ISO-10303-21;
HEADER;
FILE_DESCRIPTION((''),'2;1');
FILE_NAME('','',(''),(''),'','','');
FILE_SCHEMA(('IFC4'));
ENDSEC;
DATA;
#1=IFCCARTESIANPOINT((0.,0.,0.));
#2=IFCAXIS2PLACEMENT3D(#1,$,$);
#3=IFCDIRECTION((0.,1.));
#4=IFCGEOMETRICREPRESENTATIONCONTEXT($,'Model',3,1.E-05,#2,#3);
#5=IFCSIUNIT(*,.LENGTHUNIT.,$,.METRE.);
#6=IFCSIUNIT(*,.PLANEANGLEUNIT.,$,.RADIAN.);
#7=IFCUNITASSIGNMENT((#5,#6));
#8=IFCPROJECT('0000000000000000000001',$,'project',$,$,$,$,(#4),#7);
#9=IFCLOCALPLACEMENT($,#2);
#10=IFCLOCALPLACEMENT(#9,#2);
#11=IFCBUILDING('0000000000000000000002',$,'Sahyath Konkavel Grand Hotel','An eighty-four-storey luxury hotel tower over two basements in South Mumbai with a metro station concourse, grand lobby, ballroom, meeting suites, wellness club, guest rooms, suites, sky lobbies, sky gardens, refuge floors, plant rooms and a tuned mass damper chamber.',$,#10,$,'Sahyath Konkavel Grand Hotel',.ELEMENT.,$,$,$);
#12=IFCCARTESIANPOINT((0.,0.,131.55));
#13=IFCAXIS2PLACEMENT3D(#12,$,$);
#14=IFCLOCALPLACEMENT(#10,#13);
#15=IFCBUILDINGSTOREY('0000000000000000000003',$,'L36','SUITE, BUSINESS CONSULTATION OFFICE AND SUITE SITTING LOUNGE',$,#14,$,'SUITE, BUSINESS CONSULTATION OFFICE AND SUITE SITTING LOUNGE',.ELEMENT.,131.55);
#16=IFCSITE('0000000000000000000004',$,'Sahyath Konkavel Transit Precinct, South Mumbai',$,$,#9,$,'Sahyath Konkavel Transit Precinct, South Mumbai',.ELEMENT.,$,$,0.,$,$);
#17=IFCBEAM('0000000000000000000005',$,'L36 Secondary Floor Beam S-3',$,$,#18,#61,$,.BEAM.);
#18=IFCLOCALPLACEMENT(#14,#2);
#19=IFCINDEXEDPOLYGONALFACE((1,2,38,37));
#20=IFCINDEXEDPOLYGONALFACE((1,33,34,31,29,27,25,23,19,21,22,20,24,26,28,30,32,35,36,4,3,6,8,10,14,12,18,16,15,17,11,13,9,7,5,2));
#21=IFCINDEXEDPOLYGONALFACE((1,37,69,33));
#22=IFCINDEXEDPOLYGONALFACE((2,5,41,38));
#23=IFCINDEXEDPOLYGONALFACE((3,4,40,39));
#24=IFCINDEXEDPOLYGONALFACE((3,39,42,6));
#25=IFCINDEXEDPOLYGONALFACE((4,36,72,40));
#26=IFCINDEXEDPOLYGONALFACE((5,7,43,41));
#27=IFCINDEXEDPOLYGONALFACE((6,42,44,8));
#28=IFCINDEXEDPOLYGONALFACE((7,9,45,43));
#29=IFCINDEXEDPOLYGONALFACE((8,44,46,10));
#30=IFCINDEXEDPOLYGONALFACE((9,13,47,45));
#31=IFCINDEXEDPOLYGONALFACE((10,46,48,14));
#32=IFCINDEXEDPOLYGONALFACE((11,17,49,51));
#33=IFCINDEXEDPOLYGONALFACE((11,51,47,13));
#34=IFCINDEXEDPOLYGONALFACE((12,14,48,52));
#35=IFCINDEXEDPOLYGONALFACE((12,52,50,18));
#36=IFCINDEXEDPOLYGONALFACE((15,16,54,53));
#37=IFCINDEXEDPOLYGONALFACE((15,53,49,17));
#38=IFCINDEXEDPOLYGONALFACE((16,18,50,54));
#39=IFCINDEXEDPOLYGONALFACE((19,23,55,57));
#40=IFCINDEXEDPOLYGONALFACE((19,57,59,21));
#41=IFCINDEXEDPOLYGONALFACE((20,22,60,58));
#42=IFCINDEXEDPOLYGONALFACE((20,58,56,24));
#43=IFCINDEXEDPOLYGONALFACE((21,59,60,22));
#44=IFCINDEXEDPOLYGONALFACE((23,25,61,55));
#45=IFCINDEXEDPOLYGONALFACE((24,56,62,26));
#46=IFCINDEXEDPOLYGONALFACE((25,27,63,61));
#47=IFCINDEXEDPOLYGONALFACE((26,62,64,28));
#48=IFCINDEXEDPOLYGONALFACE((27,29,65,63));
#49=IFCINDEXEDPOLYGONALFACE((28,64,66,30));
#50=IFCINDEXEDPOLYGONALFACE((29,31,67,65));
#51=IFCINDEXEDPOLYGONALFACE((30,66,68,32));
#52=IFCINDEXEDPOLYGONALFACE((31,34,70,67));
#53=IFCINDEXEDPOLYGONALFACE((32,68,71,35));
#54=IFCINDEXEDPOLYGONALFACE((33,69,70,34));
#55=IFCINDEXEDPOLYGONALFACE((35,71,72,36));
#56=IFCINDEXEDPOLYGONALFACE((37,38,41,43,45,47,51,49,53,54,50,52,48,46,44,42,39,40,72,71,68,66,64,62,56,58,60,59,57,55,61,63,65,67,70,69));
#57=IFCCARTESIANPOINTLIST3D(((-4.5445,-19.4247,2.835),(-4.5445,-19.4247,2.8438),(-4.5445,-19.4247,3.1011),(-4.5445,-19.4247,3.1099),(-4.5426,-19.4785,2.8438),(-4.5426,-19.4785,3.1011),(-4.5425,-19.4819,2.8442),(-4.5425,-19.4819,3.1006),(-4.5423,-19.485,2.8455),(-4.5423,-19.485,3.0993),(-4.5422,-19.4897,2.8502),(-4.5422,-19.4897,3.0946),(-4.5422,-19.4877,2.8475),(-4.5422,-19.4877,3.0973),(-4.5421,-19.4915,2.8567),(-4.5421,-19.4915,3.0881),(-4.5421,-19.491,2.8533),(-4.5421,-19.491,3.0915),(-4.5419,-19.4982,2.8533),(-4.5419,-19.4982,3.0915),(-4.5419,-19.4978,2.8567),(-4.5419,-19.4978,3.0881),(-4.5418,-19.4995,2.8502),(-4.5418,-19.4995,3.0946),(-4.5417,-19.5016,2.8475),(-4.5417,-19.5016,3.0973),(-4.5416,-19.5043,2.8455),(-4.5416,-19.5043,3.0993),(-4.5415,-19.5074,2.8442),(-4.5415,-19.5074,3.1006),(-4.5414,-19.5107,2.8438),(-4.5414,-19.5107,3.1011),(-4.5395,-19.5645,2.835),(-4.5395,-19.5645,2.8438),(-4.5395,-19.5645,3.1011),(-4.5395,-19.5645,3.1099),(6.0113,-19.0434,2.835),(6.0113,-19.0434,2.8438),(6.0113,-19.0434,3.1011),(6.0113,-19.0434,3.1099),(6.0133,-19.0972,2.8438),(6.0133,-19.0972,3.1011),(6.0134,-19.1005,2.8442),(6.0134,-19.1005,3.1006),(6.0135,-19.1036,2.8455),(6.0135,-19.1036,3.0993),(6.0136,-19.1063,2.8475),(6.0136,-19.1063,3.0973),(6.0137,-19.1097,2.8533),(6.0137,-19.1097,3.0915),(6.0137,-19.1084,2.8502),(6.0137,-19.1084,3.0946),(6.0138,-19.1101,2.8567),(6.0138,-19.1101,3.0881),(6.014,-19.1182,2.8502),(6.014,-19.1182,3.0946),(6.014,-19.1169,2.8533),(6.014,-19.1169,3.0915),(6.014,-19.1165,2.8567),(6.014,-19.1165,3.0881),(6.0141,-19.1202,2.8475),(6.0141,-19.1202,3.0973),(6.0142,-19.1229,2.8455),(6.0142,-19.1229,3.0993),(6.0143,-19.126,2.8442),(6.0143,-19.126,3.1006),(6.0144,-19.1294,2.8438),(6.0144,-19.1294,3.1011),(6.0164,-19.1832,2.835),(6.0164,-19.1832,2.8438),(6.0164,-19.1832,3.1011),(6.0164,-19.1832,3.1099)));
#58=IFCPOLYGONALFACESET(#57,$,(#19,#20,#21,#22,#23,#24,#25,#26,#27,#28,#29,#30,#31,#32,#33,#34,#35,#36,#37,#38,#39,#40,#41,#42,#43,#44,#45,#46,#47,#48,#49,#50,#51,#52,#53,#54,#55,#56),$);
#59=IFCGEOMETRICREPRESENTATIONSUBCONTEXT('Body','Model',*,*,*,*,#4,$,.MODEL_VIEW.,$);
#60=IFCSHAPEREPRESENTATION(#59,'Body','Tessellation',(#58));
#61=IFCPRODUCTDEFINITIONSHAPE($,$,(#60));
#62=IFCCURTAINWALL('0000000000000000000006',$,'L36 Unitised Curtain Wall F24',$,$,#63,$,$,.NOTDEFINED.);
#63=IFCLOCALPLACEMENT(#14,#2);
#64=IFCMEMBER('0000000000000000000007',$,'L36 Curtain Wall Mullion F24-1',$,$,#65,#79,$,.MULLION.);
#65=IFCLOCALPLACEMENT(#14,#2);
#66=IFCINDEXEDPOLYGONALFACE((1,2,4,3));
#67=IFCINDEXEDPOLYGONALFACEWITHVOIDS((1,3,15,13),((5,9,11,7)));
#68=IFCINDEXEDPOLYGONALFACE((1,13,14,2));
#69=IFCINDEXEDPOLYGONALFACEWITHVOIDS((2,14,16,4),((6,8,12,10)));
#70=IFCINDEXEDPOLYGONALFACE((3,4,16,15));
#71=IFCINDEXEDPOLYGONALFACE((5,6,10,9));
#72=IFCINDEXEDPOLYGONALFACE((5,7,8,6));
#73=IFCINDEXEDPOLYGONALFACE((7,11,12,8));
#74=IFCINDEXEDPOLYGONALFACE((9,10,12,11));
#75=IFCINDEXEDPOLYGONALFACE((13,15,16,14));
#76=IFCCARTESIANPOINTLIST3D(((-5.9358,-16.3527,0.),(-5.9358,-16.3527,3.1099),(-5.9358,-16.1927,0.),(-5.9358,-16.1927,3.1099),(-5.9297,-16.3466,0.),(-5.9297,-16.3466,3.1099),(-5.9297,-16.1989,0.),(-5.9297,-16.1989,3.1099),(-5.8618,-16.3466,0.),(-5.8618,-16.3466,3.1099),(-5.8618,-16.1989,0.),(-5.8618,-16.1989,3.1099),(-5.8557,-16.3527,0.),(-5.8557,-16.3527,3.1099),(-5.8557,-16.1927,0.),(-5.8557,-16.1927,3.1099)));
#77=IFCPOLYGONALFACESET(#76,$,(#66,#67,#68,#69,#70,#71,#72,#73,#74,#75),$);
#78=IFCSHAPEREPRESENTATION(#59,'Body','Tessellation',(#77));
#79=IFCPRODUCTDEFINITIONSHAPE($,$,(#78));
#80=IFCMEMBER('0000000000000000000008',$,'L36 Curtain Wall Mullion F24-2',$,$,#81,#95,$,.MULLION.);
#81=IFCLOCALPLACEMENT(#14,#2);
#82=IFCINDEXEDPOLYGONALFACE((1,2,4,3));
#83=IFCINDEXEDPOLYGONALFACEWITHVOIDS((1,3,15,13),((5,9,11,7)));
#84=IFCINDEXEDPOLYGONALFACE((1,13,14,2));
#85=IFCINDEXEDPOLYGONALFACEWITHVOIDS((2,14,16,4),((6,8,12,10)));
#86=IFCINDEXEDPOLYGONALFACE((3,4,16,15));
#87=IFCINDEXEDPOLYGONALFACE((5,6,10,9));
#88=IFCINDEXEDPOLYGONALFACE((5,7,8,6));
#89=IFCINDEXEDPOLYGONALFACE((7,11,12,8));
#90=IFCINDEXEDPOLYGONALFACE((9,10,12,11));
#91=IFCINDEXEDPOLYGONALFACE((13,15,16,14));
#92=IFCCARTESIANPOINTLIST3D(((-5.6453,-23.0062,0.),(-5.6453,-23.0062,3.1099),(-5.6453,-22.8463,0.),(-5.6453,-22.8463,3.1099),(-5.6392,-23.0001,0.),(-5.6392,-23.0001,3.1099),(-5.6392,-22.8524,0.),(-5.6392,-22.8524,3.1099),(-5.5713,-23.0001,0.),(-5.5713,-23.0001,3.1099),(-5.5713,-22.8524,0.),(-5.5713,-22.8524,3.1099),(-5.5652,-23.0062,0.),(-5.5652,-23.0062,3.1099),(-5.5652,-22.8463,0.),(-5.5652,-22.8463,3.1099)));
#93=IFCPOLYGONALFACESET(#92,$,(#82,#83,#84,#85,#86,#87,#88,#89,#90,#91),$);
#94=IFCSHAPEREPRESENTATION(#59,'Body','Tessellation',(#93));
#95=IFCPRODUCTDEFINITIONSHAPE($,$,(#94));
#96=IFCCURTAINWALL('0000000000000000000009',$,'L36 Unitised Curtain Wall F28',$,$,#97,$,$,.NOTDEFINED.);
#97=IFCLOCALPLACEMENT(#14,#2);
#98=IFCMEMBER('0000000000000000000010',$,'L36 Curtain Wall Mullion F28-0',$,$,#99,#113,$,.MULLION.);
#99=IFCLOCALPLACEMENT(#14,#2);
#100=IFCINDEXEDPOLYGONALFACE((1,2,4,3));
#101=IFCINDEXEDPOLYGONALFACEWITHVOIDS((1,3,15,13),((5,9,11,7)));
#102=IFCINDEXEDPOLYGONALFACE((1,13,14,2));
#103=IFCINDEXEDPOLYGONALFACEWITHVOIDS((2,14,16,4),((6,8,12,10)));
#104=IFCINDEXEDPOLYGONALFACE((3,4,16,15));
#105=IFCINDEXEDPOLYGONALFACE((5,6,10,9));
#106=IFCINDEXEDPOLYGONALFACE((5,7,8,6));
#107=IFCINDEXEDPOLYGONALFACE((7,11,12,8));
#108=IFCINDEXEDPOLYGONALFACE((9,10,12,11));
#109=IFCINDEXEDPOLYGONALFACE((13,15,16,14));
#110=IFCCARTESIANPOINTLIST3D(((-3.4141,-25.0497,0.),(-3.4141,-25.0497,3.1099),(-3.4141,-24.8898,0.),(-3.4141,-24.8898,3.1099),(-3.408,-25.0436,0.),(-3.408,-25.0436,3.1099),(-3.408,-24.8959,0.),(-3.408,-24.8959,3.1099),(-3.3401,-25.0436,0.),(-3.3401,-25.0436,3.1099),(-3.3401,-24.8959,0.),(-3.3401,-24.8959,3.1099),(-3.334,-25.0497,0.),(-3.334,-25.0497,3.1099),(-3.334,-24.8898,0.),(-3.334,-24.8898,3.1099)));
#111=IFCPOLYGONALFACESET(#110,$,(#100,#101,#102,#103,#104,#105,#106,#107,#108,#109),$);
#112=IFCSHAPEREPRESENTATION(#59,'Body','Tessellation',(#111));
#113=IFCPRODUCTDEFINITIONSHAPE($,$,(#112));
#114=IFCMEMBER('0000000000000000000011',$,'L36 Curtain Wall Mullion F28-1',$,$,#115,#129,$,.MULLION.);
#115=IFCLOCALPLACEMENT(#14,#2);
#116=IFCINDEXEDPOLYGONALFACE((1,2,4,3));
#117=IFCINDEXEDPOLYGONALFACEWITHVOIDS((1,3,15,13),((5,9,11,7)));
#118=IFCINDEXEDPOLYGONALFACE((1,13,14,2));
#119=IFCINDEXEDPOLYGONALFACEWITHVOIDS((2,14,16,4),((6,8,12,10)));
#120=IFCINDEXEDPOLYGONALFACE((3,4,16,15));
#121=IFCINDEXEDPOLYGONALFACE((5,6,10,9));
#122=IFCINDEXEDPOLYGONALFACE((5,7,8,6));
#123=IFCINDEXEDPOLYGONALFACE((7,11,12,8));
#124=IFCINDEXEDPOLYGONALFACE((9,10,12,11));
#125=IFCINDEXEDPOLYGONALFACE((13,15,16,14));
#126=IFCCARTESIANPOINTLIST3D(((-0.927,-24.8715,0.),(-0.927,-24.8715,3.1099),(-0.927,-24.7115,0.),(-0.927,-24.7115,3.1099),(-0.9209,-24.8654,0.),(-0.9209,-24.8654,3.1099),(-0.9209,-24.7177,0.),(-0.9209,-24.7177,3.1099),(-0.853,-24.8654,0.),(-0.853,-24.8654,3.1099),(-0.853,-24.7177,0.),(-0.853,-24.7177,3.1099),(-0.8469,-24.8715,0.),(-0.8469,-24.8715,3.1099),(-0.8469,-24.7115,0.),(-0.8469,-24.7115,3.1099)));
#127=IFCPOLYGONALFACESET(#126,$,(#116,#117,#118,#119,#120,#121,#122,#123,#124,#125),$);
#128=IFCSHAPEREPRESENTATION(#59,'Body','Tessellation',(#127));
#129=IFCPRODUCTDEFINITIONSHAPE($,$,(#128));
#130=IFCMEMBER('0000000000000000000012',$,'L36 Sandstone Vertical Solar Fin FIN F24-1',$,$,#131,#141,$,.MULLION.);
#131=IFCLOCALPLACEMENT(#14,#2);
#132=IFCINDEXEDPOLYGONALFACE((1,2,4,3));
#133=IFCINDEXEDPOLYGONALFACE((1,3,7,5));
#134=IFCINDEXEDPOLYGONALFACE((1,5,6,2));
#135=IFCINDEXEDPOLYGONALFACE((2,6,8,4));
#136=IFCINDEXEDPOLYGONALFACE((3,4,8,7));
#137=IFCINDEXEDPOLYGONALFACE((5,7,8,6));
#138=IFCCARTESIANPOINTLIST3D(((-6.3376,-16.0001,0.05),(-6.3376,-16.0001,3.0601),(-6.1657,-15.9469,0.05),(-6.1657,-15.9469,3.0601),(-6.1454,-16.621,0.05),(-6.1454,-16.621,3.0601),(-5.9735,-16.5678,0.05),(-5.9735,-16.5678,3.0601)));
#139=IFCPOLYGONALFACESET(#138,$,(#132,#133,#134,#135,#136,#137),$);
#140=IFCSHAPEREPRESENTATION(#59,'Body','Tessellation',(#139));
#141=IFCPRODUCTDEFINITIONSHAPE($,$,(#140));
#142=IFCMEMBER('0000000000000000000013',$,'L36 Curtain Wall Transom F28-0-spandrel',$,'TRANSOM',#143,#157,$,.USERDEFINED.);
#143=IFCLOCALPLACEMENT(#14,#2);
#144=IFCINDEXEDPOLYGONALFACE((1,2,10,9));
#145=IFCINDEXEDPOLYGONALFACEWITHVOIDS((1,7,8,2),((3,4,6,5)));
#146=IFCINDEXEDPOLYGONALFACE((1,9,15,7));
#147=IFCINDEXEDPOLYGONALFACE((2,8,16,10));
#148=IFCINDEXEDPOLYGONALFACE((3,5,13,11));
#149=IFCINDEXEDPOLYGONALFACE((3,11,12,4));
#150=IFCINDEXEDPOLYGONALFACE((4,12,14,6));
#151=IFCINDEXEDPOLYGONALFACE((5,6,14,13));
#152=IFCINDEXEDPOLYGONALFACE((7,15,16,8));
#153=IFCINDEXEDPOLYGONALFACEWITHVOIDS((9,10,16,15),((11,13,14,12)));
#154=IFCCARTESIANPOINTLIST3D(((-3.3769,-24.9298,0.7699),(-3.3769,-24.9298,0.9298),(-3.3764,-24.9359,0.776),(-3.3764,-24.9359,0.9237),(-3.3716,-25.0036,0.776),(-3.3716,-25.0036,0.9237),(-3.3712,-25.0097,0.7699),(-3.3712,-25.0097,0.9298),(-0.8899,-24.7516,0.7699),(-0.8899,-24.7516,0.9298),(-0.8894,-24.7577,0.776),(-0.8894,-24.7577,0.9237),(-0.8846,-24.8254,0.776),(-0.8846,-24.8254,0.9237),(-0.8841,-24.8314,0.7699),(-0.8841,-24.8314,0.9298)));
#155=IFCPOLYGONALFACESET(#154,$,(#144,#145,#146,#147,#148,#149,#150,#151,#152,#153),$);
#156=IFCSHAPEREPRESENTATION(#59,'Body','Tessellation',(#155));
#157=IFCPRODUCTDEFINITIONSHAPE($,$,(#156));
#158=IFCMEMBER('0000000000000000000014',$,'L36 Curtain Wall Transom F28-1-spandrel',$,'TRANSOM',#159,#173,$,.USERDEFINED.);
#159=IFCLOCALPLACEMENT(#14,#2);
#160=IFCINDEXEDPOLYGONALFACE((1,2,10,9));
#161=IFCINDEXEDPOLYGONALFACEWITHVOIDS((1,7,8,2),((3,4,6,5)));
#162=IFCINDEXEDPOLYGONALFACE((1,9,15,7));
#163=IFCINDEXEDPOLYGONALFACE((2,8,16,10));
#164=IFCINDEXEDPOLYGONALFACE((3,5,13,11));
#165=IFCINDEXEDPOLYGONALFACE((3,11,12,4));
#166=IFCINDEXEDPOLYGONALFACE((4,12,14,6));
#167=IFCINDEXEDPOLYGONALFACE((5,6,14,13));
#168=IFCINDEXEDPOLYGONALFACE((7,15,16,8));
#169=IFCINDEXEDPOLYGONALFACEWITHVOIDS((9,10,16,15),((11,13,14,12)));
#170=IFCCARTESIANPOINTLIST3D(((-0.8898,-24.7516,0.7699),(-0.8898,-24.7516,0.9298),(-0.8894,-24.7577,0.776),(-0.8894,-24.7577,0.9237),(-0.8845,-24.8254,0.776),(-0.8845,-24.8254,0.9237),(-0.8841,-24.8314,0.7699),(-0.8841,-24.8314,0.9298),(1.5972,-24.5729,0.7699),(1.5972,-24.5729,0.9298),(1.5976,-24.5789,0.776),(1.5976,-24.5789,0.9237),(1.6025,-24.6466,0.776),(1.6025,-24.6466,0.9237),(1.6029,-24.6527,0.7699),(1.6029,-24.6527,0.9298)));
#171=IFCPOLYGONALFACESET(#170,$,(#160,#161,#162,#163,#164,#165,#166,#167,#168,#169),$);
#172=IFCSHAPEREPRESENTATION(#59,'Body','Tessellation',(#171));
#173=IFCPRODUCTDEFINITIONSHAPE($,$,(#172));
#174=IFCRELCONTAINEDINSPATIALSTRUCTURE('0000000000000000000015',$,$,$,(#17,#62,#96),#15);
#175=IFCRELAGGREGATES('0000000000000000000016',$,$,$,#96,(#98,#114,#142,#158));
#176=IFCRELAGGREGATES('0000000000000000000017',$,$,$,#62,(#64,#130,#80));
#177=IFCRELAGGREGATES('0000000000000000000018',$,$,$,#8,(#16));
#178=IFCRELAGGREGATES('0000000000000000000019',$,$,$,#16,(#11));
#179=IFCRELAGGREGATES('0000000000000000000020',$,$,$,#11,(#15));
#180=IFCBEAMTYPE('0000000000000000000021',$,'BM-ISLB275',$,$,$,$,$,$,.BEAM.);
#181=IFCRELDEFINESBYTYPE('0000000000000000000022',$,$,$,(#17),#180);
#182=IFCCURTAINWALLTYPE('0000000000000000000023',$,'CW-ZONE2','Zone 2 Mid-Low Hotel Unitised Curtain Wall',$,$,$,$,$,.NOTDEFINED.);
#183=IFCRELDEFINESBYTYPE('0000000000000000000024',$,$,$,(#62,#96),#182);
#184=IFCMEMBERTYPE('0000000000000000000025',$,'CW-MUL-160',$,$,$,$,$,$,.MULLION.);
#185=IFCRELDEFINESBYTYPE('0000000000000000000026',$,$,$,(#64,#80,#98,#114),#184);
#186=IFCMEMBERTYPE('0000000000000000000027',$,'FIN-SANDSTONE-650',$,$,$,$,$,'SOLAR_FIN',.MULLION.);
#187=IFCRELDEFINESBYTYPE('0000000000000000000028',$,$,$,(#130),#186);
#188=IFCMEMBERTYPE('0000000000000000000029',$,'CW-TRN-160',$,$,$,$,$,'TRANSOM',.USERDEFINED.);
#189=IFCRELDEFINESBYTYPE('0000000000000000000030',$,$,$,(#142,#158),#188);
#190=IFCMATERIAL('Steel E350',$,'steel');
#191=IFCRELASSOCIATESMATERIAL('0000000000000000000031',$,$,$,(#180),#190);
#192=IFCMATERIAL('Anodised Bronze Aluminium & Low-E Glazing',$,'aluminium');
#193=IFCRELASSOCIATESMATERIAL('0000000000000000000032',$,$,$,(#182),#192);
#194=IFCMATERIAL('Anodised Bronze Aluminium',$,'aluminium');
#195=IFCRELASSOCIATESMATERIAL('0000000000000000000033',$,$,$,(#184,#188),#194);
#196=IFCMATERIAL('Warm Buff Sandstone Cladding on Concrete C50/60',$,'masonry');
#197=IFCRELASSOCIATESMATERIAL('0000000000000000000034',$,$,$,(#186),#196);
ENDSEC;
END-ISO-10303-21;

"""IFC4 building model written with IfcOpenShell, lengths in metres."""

from ifc_helpers import new_model, si_unit, direction, frame, origin, origin_2d, place, context, subcontext, project, spatial, rectangle, hollow_rectangle, i_section, extrude, source, transform, mapped, material, material_profile, profile_set, type_object, element, aggregate, save


model = new_model("IFC4")

# Units and contexts
model_context = context("Model", 3, precision=1e-05, world=origin(), true_north=direction((0.0, 1.0)))
body_context = subcontext(model_context, "Body", "Model", "MODEL_VIEW")
ifc_project = project(units=[si_unit("LENGTHUNIT", "METRE"), si_unit("PLANEANGLEUNIT", "RADIAN")], contexts=[model_context])

# Site, building, storey
site_placement = place(None, origin())
site = spatial("IfcSite", under=ifc_project, at=site_placement, Name="Sahyath Konkavel Transit Precinct, South Mumbai", LongName="Sahyath Konkavel Transit Precinct, South Mumbai", CompositionType="ELEMENT", RefElevation=0.0)
building_placement = place(site_placement, origin())
building = spatial("IfcBuilding", under=site, at=building_placement, Name="Sahyath Konkavel Grand Hotel", Description="An eighty-four-storey luxury hotel tower over two basements in South Mumbai with a metro station concourse, grand lobby, ballroom, meeting suites, wellness club, guest rooms, suites, sky lobbies, sky gardens, refuge floors, plant rooms and a tuned mass damper chamber.", LongName="Sahyath Konkavel Grand Hotel", CompositionType="ELEMENT")
storey_placement = place(building_placement, frame((0.0, 0.0, 131.55)))
storey = spatial("IfcBuildingStorey", under=building, at=storey_placement, Name="L36", Description="SUITE, BUSINESS CONSULTATION OFFICE AND SUITE SITTING LOUNGE", LongName="SUITE, BUSINESS CONSULTATION OFFICE AND SUITE SITTING LOUNGE", CompositionType="ELEMENT", Elevation=131.55)

# Beam
ifc_material_1 = material(Name="Steel E350", Category="steel")
ifc_material_profile_1 = material_profile(ifc_material_1, i_section(OverallWidth=0.1399, OverallDepth=0.2749, WebThickness=0.0063, FlangeThickness=0.0088, FilletRadius=0.0129, at=origin_2d()), Name="ISLB 275")
ifc_profile_set_1 = profile_set([ifc_material_profile_1], Name="Steel E350")
beam_type_1 = type_object("IfcBeamType", Name="BM-ISLB275", PredefinedType="BEAM", material=ifc_profile_set_1)
shared_shape_1 = source(origin(), body_context, "Body", "SweptSolid", [
    extrude(i_section(OverallWidth=0.1399, OverallDepth=0.2749, WebThickness=0.0063, FlangeThickness=0.0088, FilletRadius=0.0129, at=origin_2d()), origin(), (0.0, 0.0, 1.0), 10.5627),
])
beam_1_placement = place(storey_placement, frame((-4.542, -19.4946, 2.9724), z_axis=(0.999348, 0.036103, 0.0), x_axis=(-0.036103, 0.999348, 0.0)))
element("IfcBeam", 1, at=beam_1_placement, inside=storey, type_object=beam_type_1, Name="L36 Secondary Floor Beam S-3", PredefinedType="BEAM", context=body_context, shape_type="MappedRepresentation", body=[
    mapped(shared_shape_1, transform((0.0, 0.0, 0.0), scale=1.0)),
])

# Curtain walls, members
ifc_material_2 = material(Name="Anodised Bronze Aluminium & Low-E Glazing", Category="aluminium")
curtain_wall_type = type_object("IfcCurtainWallType", Name="CW-ZONE2", Description="Zone 2 Mid-Low Hotel Unitised Curtain Wall", PredefinedType="NOTDEFINED", material=ifc_material_2)
curtain_wall_1_placement = place(storey_placement, origin())
curtain_wall_1 = element("IfcCurtainWall", 2, at=curtain_wall_1_placement, inside=storey, type_object=curtain_wall_type, Name="L36 Unitised Curtain Wall F24", PredefinedType="NOTDEFINED")
ifc_material_3 = material(Name="Anodised Bronze Aluminium", Category="aluminium")
ifc_material_profile_2 = material_profile(ifc_material_3, hollow_rectangle(XDim=0.0801, YDim=0.1599, WallThickness=0.0061, at=origin_2d()), Name="RHS 160x80x6")
ifc_profile_set_2 = profile_set([ifc_material_profile_2], Name="Anodised Bronze Aluminium")
member_type_1 = type_object("IfcMemberType", Name="CW-MUL-160", PredefinedType="MULLION", material=ifc_profile_set_2)
shared_shape_2 = source(origin(), body_context, "Body", "SweptSolid", [
    extrude(hollow_rectangle(XDim=0.0801, YDim=0.1599, WallThickness=0.0061, at=origin_2d()), origin(), (0.0, 0.0, 1.0), 3.1099),
])
member_1_placement = place(storey_placement, frame((-5.8958, -16.2727, 0.0), z_axis=(0.0, 0.0, 1.0), x_axis=(1.0, 0.0, 0.0)))
member_1 = element("IfcMember", 3, at=member_1_placement, type_object=member_type_1, Name="L36 Curtain Wall Mullion F24-1", PredefinedType="MULLION", context=body_context, shape_type="MappedRepresentation", body=[
    mapped(shared_shape_2, transform((0.0, 0.0, 0.0), scale=1.0)),
])
member_2_placement = place(storey_placement, frame((-5.6052, -22.9263, 0.0), z_axis=(0.0, 0.0, 1.0), x_axis=(1.0, 0.0, 0.0)))
member_2 = element("IfcMember", 4, at=member_2_placement, type_object=member_type_1, Name="L36 Curtain Wall Mullion F24-2", PredefinedType="MULLION", context=body_context, shape_type="MappedRepresentation", body=[
    mapped(shared_shape_2, transform((0.0, 0.0, 0.0), scale=1.0)),
])
curtain_wall_2_placement = place(storey_placement, origin())
curtain_wall_2 = element("IfcCurtainWall", 5, at=curtain_wall_2_placement, inside=storey, type_object=curtain_wall_type, Name="L36 Unitised Curtain Wall F28", PredefinedType="NOTDEFINED")
member_3_placement = place(storey_placement, frame((-3.374, -24.9697, 0.0), z_axis=(0.0, 0.0, 1.0), x_axis=(1.0, 0.0, 0.0)))
member_3 = element("IfcMember", 6, at=member_3_placement, type_object=member_type_1, Name="L36 Curtain Wall Mullion F28-0", PredefinedType="MULLION", context=body_context, shape_type="MappedRepresentation", body=[
    mapped(shared_shape_2, transform((0.0, 0.0, 0.0), scale=1.0)),
])
member_4_placement = place(storey_placement, frame((-0.887, -24.7915, 0.0), z_axis=(0.0, 0.0, 1.0), x_axis=(1.0, 0.0, 0.0)))
member_4 = element("IfcMember", 7, at=member_4_placement, type_object=member_type_1, Name="L36 Curtain Wall Mullion F28-1", PredefinedType="MULLION", context=body_context, shape_type="MappedRepresentation", body=[
    mapped(shared_shape_2, transform((0.0, 0.0, 0.0), scale=1.0)),
])

# Members
ifc_material_4 = material(Name="Warm Buff Sandstone Cladding on Concrete C50/60", Category="masonry")
ifc_material_profile_3 = material_profile(ifc_material_4, rectangle(XDim=0.1799, YDim=0.6499, at=origin_2d()), Name="FIN 180x650")
ifc_profile_set_3 = profile_set([ifc_material_profile_3], Name="Warm Buff Sandstone Cladding on Concrete C50/60")
member_type_2 = type_object("IfcMemberType", Name="FIN-SANDSTONE-650", ElementType="SOLAR_FIN", PredefinedType="MULLION", material=ifc_profile_set_3)
shared_shape_3 = source(origin(), body_context, "Body", "SweptSolid", [
    extrude(rectangle(XDim=0.1799, YDim=0.6499, at=origin_2d()), origin(), (0.0, 0.0, 1.0), 3.01),
])
member_5_placement = place(storey_placement, frame((-6.1555, -16.2839, 0.05), z_axis=(0.0, 0.0, 1.0), x_axis=(0.955278, 0.295708, 0.0)))
member_5 = element("IfcMember", 8, at=member_5_placement, type_object=member_type_2, Name="L36 Sandstone Vertical Solar Fin FIN F24-1", PredefinedType="MULLION", context=body_context, shape_type="MappedRepresentation", body=[
    mapped(shared_shape_3, transform((0.0, 0.0, 0.0), scale=1.0)),
])
ifc_material_profile_4 = material_profile(ifc_material_3, hollow_rectangle(XDim=0.0801, YDim=0.1599, WallThickness=0.0061, at=origin_2d()), Name="RHS 160x80x6")
ifc_profile_set_4 = profile_set([ifc_material_profile_4], Name="Anodised Bronze Aluminium")
member_type_3 = type_object("IfcMemberType", Name="CW-TRN-160", ElementType="TRANSOM", PredefinedType="USERDEFINED", material=ifc_profile_set_4)
shared_shape_4 = source(origin(), body_context, "Body", "SweptSolid", [
    extrude(hollow_rectangle(XDim=0.0801, YDim=0.1599, WallThickness=0.0061, at=origin_2d()), origin(), (0.0, 0.0, 1.0), 2.4934),
])
member_6_placement = place(storey_placement, frame((-3.374, -24.9697, 0.8499), z_axis=(0.997442, 0.071477, 0.0), x_axis=(-0.071477, 0.997442, 0.0)))
member_6 = element("IfcMember", 9, at=member_6_placement, type_object=member_type_3, Name="L36 Curtain Wall Transom F28-0-spandrel", ObjectType="TRANSOM", PredefinedType="USERDEFINED", context=body_context, shape_type="MappedRepresentation", body=[
    mapped(shared_shape_4, transform((0.0, 0.0, 0.0), scale=1.0)),
])
member_7_placement = place(storey_placement, frame((-0.887, -24.7915, 0.8499), z_axis=(0.997428, 0.071671, 0.0), x_axis=(-0.071671, 0.997428, 0.0)))
member_7 = element("IfcMember", 10, at=member_7_placement, type_object=member_type_3, Name="L36 Curtain Wall Transom F28-1-spandrel", ObjectType="TRANSOM", PredefinedType="USERDEFINED", context=body_context, shape_type="MappedRepresentation", body=[
    mapped(shared_shape_4, transform((0.0, 0.0, 0.0), scale=1.0)),
])

aggregate(curtain_wall_2, [member_3, member_4, member_6, member_7])
aggregate(curtain_wall_1, [member_1, member_5, member_2])

save(model, "model.ifc")
